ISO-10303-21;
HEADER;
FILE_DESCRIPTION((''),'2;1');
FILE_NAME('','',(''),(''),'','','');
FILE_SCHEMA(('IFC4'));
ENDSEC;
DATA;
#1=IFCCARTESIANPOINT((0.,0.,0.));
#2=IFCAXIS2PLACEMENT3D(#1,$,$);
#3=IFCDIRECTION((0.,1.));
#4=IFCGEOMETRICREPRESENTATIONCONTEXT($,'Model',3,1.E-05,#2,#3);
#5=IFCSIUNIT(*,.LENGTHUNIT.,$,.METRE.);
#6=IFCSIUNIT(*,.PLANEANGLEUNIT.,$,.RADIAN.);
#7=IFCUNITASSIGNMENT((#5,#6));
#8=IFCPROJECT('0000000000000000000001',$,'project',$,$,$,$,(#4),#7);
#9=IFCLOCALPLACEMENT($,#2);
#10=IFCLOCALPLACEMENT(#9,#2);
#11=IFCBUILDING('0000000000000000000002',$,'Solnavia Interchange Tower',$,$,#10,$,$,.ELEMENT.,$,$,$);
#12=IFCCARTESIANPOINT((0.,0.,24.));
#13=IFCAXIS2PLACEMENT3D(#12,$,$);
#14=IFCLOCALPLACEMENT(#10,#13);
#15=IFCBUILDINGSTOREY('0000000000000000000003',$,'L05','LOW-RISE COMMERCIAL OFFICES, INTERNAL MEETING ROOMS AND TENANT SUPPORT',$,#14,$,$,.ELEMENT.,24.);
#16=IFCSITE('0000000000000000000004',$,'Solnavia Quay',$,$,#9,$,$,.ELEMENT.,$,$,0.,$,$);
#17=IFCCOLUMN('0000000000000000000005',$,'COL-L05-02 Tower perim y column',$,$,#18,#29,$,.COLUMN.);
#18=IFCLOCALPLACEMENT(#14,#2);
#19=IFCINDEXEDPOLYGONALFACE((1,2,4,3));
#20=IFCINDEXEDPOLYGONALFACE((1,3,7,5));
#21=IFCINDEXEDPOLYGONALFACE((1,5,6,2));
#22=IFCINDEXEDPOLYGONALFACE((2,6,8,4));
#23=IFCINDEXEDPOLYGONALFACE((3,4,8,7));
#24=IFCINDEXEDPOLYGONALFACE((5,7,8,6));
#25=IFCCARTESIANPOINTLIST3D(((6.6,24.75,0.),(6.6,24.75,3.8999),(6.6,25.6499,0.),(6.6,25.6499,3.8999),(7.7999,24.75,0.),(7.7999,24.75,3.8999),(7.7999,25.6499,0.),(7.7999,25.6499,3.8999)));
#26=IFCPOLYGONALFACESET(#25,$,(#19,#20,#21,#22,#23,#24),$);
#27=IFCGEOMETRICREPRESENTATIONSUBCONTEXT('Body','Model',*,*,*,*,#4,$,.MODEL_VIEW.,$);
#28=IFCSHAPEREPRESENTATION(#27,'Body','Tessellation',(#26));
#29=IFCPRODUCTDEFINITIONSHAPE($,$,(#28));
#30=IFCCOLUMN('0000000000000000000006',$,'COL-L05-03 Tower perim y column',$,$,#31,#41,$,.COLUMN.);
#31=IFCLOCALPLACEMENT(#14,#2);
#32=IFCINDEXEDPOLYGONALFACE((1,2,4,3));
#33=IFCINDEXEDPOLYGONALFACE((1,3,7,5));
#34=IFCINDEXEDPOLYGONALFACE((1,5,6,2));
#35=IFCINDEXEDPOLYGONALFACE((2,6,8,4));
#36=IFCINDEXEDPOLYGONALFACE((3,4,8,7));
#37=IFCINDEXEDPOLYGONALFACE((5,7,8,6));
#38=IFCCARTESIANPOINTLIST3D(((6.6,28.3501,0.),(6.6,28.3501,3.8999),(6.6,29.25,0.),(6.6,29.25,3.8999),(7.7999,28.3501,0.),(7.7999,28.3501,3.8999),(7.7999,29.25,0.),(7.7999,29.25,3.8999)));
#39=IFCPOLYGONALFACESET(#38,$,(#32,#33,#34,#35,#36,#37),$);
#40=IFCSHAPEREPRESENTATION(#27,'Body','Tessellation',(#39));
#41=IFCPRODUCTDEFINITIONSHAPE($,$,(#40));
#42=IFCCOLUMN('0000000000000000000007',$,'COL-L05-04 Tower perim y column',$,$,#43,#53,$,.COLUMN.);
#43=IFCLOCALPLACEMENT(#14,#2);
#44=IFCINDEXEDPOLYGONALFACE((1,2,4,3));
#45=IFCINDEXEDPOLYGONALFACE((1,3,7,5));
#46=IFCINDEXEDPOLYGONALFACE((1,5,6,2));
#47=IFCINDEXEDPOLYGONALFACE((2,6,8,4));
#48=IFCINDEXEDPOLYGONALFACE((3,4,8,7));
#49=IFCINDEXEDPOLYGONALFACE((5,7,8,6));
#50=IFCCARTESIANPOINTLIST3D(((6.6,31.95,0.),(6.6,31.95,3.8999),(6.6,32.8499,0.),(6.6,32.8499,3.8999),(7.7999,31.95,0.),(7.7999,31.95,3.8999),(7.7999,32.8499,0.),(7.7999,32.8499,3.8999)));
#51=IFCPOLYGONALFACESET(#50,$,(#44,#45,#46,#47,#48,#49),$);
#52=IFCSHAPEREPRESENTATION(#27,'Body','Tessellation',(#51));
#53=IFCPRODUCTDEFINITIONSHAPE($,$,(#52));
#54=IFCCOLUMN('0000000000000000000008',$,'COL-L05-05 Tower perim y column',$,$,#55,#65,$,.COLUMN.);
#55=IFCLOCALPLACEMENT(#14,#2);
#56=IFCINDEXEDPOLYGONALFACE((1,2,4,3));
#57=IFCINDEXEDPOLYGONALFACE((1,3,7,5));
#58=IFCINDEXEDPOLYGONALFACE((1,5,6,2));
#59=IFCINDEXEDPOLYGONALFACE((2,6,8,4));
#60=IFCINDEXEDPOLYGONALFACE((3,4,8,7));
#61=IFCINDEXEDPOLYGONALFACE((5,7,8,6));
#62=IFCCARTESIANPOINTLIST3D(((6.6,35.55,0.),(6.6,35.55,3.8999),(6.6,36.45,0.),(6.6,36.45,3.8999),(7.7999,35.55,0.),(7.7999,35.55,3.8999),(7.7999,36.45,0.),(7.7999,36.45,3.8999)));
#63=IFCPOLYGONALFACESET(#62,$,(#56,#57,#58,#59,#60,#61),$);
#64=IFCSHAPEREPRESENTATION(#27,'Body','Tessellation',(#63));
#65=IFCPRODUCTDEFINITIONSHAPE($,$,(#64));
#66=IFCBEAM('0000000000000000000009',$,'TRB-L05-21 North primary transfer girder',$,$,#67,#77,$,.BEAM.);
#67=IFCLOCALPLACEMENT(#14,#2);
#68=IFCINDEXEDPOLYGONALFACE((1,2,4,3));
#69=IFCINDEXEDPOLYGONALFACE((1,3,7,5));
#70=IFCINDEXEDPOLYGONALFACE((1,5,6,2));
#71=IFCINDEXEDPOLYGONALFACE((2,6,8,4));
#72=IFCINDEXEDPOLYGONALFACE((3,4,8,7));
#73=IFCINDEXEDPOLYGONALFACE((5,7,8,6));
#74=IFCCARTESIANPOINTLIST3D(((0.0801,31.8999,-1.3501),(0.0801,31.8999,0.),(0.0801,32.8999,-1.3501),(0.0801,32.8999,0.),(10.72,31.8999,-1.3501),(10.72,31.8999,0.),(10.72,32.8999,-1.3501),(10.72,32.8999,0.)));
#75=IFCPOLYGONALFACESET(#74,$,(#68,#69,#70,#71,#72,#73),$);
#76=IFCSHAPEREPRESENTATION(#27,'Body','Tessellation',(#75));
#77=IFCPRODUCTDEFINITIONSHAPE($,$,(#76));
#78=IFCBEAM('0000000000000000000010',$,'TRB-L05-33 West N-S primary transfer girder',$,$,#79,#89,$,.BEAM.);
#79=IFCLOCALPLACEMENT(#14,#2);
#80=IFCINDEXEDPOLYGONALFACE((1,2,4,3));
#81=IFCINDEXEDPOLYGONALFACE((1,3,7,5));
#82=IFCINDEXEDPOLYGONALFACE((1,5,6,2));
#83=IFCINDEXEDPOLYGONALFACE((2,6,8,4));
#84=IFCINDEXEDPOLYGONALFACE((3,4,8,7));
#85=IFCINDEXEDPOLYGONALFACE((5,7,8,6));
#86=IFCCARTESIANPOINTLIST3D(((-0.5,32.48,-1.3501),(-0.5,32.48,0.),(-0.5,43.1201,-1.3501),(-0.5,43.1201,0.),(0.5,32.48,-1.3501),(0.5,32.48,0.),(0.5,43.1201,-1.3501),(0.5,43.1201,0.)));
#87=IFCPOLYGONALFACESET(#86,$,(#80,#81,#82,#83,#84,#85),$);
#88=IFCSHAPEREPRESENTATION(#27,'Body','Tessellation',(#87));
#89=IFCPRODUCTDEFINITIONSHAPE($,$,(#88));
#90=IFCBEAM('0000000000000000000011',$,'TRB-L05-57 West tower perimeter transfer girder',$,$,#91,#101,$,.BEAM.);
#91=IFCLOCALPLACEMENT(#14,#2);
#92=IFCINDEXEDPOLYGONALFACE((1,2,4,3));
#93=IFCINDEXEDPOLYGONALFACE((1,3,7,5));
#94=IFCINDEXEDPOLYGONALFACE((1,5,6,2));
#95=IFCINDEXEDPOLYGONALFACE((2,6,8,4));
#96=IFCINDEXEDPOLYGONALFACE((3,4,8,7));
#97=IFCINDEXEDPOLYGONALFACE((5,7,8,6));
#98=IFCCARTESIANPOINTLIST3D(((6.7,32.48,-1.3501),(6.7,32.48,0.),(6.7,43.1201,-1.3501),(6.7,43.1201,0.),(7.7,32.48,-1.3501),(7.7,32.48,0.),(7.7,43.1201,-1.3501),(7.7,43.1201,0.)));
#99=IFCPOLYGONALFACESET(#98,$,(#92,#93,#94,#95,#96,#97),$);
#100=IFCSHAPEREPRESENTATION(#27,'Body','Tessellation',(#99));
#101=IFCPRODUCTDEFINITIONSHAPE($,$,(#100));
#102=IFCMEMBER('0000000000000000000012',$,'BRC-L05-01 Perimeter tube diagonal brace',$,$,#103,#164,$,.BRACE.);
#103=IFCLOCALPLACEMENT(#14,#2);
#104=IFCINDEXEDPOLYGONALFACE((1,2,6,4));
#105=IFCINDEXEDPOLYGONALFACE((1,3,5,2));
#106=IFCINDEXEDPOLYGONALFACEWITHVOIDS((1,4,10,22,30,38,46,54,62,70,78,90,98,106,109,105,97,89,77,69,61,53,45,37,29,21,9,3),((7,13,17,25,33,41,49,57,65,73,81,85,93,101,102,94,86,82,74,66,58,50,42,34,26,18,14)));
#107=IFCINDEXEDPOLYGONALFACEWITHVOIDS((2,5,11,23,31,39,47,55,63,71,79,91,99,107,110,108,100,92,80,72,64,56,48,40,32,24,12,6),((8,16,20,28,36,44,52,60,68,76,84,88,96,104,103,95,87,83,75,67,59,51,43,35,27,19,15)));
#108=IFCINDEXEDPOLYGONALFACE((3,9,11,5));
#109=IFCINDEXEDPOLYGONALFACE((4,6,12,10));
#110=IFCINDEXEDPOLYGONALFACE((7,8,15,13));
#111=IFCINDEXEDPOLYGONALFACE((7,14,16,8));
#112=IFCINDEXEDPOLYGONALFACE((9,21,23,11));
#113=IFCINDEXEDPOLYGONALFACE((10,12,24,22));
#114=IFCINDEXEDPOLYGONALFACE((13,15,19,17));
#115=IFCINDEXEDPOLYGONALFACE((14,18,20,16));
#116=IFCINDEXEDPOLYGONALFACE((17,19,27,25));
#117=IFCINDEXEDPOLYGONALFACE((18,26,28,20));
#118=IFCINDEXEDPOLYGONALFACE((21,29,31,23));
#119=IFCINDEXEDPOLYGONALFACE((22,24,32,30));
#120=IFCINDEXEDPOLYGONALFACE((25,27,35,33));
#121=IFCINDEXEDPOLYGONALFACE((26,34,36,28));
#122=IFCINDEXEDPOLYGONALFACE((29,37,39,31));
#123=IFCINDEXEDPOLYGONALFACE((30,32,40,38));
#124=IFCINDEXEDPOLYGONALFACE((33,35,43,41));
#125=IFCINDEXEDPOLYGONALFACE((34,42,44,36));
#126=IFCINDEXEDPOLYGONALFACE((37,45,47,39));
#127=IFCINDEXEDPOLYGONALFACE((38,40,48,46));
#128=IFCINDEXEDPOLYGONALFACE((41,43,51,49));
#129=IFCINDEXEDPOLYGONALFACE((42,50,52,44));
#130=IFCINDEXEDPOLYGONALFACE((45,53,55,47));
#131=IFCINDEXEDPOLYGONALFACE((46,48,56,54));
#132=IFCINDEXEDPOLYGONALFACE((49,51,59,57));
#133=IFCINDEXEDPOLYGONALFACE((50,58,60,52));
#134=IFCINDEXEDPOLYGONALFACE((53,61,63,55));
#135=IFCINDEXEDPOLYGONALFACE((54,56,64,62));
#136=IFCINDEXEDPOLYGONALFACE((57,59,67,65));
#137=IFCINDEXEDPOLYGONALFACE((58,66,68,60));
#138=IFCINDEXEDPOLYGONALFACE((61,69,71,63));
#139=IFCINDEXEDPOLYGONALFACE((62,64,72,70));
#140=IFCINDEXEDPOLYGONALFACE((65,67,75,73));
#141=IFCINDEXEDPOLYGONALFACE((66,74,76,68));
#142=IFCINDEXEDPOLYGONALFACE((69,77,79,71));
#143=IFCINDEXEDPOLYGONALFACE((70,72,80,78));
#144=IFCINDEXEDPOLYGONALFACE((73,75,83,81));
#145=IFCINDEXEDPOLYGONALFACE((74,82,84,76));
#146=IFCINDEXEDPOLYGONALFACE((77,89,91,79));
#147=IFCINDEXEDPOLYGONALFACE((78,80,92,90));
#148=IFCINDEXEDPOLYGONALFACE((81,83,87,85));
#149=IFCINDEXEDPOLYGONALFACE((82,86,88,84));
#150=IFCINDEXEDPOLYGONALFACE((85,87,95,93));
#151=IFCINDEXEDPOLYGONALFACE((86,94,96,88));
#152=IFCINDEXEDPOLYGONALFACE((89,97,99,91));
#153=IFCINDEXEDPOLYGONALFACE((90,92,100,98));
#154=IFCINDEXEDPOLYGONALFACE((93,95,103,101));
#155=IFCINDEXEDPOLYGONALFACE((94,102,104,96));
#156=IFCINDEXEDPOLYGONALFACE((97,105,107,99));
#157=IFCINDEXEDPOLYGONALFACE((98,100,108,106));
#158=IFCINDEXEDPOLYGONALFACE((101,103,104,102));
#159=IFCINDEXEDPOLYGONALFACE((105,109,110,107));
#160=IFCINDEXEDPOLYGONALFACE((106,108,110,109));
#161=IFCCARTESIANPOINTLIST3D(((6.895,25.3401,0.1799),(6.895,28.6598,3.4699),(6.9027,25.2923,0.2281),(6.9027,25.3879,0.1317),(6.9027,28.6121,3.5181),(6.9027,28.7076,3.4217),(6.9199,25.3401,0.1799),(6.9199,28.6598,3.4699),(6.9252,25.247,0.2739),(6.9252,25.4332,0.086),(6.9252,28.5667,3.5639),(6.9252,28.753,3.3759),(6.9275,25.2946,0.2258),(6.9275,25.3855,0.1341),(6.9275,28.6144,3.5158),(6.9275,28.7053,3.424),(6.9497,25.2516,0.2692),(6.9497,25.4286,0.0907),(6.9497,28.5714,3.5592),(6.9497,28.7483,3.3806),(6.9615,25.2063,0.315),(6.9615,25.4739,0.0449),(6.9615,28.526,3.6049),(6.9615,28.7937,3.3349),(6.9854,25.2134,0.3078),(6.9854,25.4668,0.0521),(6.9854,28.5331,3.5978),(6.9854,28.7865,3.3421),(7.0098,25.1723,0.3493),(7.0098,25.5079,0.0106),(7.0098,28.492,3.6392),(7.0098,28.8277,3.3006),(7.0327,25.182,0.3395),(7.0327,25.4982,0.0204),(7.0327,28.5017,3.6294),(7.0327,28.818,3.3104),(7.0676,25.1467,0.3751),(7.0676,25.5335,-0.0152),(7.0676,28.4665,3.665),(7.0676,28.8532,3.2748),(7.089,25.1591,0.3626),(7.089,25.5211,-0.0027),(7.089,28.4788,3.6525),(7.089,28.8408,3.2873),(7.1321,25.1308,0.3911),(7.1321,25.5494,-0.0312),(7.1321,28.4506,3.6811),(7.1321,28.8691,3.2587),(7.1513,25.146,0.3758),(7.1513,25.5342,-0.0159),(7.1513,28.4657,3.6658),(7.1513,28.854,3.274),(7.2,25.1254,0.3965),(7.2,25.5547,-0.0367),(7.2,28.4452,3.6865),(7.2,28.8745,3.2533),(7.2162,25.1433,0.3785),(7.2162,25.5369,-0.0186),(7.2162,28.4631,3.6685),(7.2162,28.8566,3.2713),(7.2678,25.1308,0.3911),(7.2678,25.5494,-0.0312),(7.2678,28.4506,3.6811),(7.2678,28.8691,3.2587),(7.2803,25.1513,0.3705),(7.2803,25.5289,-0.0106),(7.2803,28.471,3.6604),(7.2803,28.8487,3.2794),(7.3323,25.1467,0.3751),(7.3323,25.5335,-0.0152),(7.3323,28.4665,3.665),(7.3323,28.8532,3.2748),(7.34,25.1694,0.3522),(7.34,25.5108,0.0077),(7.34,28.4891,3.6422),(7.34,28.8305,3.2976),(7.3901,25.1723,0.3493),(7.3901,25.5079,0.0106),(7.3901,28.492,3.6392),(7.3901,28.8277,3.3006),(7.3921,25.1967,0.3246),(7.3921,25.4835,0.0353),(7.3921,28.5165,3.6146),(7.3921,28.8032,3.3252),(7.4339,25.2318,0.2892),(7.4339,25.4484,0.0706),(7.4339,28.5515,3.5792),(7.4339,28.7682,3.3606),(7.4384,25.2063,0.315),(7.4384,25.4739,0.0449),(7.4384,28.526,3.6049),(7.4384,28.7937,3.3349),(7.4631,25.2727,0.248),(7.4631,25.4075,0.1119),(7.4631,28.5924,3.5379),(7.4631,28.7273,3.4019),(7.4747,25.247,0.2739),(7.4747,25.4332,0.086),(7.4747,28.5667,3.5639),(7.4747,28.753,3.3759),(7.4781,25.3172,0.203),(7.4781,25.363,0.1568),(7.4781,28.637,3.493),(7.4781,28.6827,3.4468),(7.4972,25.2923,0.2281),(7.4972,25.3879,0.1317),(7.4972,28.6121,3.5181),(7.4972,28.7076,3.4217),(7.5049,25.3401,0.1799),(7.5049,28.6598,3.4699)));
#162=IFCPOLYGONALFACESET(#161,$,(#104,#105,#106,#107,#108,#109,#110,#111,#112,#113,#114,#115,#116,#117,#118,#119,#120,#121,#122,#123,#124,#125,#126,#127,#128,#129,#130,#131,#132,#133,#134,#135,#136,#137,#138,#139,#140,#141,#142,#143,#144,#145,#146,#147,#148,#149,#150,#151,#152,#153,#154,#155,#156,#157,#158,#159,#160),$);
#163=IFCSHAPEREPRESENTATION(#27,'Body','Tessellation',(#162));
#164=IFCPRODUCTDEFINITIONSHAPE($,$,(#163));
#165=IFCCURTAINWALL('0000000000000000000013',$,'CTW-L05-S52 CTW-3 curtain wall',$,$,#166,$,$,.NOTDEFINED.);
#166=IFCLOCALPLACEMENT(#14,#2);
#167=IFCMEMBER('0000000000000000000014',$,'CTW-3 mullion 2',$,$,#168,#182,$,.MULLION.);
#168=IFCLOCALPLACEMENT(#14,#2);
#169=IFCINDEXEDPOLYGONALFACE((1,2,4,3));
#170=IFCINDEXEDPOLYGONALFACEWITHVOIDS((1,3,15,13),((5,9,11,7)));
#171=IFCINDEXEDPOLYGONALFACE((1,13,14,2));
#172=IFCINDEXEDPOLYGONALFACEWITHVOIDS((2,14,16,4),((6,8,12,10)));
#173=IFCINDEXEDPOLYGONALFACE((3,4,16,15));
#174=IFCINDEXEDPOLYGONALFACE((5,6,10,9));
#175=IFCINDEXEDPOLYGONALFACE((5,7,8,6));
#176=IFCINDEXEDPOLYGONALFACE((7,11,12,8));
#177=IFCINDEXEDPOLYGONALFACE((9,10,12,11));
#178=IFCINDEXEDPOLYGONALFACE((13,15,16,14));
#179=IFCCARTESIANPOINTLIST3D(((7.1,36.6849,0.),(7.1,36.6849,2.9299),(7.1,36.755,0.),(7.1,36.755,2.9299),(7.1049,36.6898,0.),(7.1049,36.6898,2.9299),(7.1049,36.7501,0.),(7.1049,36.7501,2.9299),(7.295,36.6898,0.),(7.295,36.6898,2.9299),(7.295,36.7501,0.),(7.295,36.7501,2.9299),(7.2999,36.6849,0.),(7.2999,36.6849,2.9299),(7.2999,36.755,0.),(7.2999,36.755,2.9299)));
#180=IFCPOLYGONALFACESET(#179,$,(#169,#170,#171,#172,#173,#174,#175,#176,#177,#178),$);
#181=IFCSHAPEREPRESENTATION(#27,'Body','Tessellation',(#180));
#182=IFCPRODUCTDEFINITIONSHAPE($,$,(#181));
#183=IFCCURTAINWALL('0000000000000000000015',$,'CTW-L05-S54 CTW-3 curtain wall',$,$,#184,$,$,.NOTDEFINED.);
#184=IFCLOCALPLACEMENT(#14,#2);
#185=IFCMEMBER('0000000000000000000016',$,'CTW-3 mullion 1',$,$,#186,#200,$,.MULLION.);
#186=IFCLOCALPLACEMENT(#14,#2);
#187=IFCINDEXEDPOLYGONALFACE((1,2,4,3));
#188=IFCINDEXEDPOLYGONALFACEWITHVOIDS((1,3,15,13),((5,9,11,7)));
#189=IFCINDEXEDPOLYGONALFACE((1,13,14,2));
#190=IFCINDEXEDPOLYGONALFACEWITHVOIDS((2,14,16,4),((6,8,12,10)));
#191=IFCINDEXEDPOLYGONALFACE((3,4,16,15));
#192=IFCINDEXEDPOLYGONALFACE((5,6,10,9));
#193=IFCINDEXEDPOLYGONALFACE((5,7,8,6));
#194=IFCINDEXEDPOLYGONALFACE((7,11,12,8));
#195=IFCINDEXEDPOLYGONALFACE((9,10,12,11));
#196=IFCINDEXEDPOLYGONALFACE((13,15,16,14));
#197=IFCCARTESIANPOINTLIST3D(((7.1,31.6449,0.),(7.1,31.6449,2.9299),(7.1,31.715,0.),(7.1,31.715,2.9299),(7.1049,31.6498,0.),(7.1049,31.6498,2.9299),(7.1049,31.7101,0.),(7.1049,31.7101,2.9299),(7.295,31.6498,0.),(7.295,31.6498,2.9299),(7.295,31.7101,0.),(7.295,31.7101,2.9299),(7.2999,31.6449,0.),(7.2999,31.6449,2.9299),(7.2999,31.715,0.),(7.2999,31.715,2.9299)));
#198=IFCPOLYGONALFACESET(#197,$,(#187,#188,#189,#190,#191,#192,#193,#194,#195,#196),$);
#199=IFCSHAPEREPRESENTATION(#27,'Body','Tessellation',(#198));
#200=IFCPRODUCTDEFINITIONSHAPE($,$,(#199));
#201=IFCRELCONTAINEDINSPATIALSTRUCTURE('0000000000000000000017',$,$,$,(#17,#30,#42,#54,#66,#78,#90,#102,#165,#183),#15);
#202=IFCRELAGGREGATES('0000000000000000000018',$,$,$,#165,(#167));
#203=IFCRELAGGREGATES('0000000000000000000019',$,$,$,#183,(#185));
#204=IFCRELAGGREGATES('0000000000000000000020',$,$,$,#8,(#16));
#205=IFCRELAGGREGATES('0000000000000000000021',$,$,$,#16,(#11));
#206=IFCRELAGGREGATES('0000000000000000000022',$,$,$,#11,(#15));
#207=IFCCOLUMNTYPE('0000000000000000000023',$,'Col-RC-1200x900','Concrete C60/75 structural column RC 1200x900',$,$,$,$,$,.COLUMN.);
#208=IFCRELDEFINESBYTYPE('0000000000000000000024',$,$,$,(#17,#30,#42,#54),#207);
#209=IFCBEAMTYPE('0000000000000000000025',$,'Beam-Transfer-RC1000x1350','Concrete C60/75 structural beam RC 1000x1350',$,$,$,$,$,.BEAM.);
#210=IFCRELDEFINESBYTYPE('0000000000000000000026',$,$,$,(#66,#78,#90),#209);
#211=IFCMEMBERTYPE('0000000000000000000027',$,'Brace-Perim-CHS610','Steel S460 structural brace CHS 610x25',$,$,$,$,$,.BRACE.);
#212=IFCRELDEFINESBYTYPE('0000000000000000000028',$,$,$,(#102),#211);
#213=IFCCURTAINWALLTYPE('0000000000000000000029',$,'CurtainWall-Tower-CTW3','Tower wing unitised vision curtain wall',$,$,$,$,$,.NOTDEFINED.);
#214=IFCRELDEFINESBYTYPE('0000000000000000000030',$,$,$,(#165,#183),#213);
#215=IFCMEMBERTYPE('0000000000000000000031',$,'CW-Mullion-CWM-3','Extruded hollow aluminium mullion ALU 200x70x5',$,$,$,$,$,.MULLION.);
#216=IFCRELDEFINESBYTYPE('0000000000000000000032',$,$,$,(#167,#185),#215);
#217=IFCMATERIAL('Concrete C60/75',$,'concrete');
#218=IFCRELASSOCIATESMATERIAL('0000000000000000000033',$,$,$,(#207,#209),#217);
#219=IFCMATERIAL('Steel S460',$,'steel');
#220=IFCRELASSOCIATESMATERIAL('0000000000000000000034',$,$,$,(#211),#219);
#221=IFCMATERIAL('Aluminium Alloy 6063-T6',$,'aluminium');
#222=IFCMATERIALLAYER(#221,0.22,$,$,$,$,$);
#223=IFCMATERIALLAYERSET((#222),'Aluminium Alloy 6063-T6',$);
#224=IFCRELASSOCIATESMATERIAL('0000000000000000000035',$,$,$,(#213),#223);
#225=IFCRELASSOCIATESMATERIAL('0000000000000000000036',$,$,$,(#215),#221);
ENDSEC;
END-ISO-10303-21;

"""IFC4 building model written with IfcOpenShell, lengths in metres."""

from ifc_helpers import new_model, si_unit, direction, frame, origin, origin_2d, place, context, subcontext, project, spatial, rectangle, hollow_rectangle, hollow_circle, extrude, material, layer, layer_set, material_profile, profile_set, type_object, element, aggregate, save


model = new_model("IFC4")

# Units and contexts
model_context = context("Model", 3, precision=1e-05, world=origin(), true_north=direction((0.0, 1.0)))
body_context = subcontext(model_context, "Body", "Model", "MODEL_VIEW")
ifc_project = project(units=[si_unit("LENGTHUNIT", "METRE"), si_unit("PLANEANGLEUNIT", "RADIAN")], contexts=[model_context])

# Site, building, storey
site_placement = place(None, origin())
site = spatial("IfcSite", under=ifc_project, at=site_placement, Name="Solnavia Quay", CompositionType="ELEMENT", RefElevation=0.0)
building_placement = place(site_placement, origin())
building = spatial("IfcBuilding", under=site, at=building_placement, Name="Solnavia Interchange Tower", CompositionType="ELEMENT")
storey_placement = place(building_placement, frame((0.0, 0.0, 24.0)))
storey = spatial("IfcBuildingStorey", under=building, at=storey_placement, Name="L05", Description="LOW-RISE COMMERCIAL OFFICES, INTERNAL MEETING ROOMS AND TENANT SUPPORT", CompositionType="ELEMENT", Elevation=24.0)

# Columns
ifc_material_1 = material(Name="Concrete C60/75", Category="concrete")
ifc_material_profile_1 = material_profile(ifc_material_1, rectangle(XDim=0.8999, YDim=1.2, at=origin_2d()), Name="RC 1200x900")
ifc_profile_set_1 = profile_set([ifc_material_profile_1], Name="Concrete C60/75")
column_type = type_object("IfcColumnType", Name="Col-RC-1200x900", Description="Concrete C60/75 structural column RC 1200x900", PredefinedType="COLUMN", material=ifc_profile_set_1)
for number, where, z_axis, x_axis, name in (
    (1, (7.2, 25.2, 0.0), (0.0, 0.0, 1.0), (0.0, 1.0, 0.0), "COL-L05-02 Tower perim y column"),
    (2, (7.2, 28.8, 0.0), (0.0, 0.0, 1.0), (0.0, 1.0, 0.0), "COL-L05-03 Tower perim y column"),
    (3, (7.2, 32.3999, 0.0), (0.0, 0.0, 1.0), (0.0, 1.0, 0.0), "COL-L05-04 Tower perim y column"),
    (4, (7.2, 36.0, 0.0), (0.0, 0.0, 1.0), (0.0, 1.0, 0.0), "COL-L05-05 Tower perim y column"),
):
    element("IfcColumn", number, at=place(storey_placement, frame(where, z_axis=z_axis, x_axis=x_axis)), inside=storey, type_object=column_type, Name=name, PredefinedType="COLUMN", context=body_context, shape_type="SweptSolid", body=[
        extrude(rectangle(XDim=0.8999, YDim=1.2, at=origin_2d()), origin(), (0.0, 0.0, 1.0), 3.8999),
    ])

# Beams
ifc_material_profile_2 = material_profile(ifc_material_1, rectangle(XDim=1.0, YDim=1.3501, at=origin_2d()), Name="RC 1000x1350")
ifc_profile_set_2 = profile_set([ifc_material_profile_2], Name="Concrete C60/75")
beam_type = type_object("IfcBeamType", Name="Beam-Transfer-RC1000x1350", Description="Concrete C60/75 structural beam RC 1000x1350", PredefinedType="BEAM", material=ifc_profile_set_2)
beam_placement = place(storey_placement, frame((0.0801, 32.3999, -0.675), z_axis=(1.0, 0.0, 0.0), x_axis=(0.0, 1.0, 0.0)))
element("IfcBeam", 5, at=beam_placement, inside=storey, type_object=beam_type, Name="TRB-L05-21 North primary transfer girder", PredefinedType="BEAM", context=body_context, shape_type="SweptSolid", body=[
    extrude(rectangle(XDim=1.0, YDim=1.3501, at=origin_2d()), origin(), (0.0, 0.0, 1.0), 10.6399),
])
for number, where, z_axis, x_axis, name in (
    (6, (0.0, 32.48, -0.675), (0.0, 1.0, 0.0), (-1.0, 0.0, 0.0), "TRB-L05-33 West N-S primary transfer girder"),
    (7, (7.2, 32.48, -0.675), (0.0, 1.0, 0.0), (-1.0, 0.0, 0.0), "TRB-L05-57 West tower perimeter transfer girder"),
):
    element("IfcBeam", number, at=place(storey_placement, frame(where, z_axis=z_axis, x_axis=x_axis)), inside=storey, type_object=beam_type, Name=name, PredefinedType="BEAM", context=body_context, shape_type="SweptSolid", body=[
        extrude(rectangle(XDim=1.0, YDim=1.3501, at=origin_2d()), origin(), (0.0, 0.0, 1.0), 10.6401),
    ])

# Member
ifc_material_2 = material(Name="Steel S460", Category="steel")
ifc_material_profile_3 = material_profile(ifc_material_2, hollow_circle(Radius=0.3049, WallThickness=0.0249, at=origin_2d()), Name="CHS 610x25")
ifc_profile_set_3 = profile_set([ifc_material_profile_3], Name="Steel S460")
member_type_1 = type_object("IfcMemberType", Name="Brace-Perim-CHS610", Description="Steel S460 structural brace CHS 610x25", PredefinedType="BRACE", material=ifc_profile_set_3)
member_1_placement = place(storey_placement, frame((7.2, 25.3401, 0.1799), z_axis=(0.0, 0.710286, 0.703913), x_axis=(-1.0, 0.0, 0.0)))
element("IfcMember", 8, at=member_1_placement, inside=storey, type_object=member_type_1, Name="BRC-L05-01 Perimeter tube diagonal brace", PredefinedType="BRACE", context=body_context, shape_type="SweptSolid", body=[
    extrude(hollow_circle(Radius=0.3049, WallThickness=0.0249, at=origin_2d()), origin(), (0.0, 0.0, 1.0), 4.6738),
])

# Curtain wall, member
ifc_material_3 = material(Name="Aluminium Alloy 6063-T6", Category="aluminium")
ifc_layer_1 = layer(ifc_material_3, 0.22)
ifc_layer_set_1 = layer_set([ifc_layer_1], Name="Aluminium Alloy 6063-T6")
curtain_wall_type = type_object("IfcCurtainWallType", Name="CurtainWall-Tower-CTW3", Description="Tower wing unitised vision curtain wall", PredefinedType="NOTDEFINED", material=ifc_layer_set_1)
curtain_wall_1_placement = place(storey_placement, origin())
curtain_wall_1 = element("IfcCurtainWall", 9, at=curtain_wall_1_placement, inside=storey, type_object=curtain_wall_type, Name="CTW-L05-S52 CTW-3 curtain wall", PredefinedType="NOTDEFINED")
ifc_material_profile_4 = material_profile(ifc_material_3, hollow_rectangle(XDim=0.0701, YDim=0.2, WallThickness=0.0049, at=origin_2d()), Name="ALU 200x70x5")
ifc_profile_set_4 = profile_set([ifc_material_profile_4], Name="Aluminium Alloy 6063-T6")
member_type_2 = type_object("IfcMemberType", Name="CW-Mullion-CWM-3", Description="Extruded hollow aluminium mullion ALU 200x70x5", PredefinedType="MULLION", material=ifc_profile_set_4)
member_2_placement = place(storey_placement, frame((7.2, 36.72, 0.0), z_axis=(0.0, 0.0, 1.0), x_axis=(0.0, -1.0, 0.0)))
member_2 = element("IfcMember", 10, at=member_2_placement, type_object=member_type_2, Name="CTW-3 mullion 2", PredefinedType="MULLION", context=body_context, shape_type="SweptSolid", body=[
    extrude(hollow_rectangle(XDim=0.0701, YDim=0.2, WallThickness=0.0049, at=origin_2d()), origin(), (0.0, 0.0, 1.0), 2.9299),
])

# Curtain wall, member
curtain_wall_2_placement = place(storey_placement, origin())
curtain_wall_2 = element("IfcCurtainWall", 11, at=curtain_wall_2_placement, inside=storey, type_object=curtain_wall_type, Name="CTW-L05-S54 CTW-3 curtain wall", PredefinedType="NOTDEFINED")
member_3_placement = place(storey_placement, frame((7.2, 31.6799, 0.0), z_axis=(0.0, 0.0, 1.0), x_axis=(0.0, -1.0, 0.0)))
member_3 = element("IfcMember", 12, at=member_3_placement, type_object=member_type_2, Name="CTW-3 mullion 1", PredefinedType="MULLION", context=body_context, shape_type="SweptSolid", body=[
    extrude(hollow_rectangle(XDim=0.0701, YDim=0.2, WallThickness=0.0049, at=origin_2d()), origin(), (0.0, 0.0, 1.0), 2.9299),
])

aggregate(curtain_wall_1, [member_2])
aggregate(curtain_wall_2, [member_3])

save(model, "model.ifc")
